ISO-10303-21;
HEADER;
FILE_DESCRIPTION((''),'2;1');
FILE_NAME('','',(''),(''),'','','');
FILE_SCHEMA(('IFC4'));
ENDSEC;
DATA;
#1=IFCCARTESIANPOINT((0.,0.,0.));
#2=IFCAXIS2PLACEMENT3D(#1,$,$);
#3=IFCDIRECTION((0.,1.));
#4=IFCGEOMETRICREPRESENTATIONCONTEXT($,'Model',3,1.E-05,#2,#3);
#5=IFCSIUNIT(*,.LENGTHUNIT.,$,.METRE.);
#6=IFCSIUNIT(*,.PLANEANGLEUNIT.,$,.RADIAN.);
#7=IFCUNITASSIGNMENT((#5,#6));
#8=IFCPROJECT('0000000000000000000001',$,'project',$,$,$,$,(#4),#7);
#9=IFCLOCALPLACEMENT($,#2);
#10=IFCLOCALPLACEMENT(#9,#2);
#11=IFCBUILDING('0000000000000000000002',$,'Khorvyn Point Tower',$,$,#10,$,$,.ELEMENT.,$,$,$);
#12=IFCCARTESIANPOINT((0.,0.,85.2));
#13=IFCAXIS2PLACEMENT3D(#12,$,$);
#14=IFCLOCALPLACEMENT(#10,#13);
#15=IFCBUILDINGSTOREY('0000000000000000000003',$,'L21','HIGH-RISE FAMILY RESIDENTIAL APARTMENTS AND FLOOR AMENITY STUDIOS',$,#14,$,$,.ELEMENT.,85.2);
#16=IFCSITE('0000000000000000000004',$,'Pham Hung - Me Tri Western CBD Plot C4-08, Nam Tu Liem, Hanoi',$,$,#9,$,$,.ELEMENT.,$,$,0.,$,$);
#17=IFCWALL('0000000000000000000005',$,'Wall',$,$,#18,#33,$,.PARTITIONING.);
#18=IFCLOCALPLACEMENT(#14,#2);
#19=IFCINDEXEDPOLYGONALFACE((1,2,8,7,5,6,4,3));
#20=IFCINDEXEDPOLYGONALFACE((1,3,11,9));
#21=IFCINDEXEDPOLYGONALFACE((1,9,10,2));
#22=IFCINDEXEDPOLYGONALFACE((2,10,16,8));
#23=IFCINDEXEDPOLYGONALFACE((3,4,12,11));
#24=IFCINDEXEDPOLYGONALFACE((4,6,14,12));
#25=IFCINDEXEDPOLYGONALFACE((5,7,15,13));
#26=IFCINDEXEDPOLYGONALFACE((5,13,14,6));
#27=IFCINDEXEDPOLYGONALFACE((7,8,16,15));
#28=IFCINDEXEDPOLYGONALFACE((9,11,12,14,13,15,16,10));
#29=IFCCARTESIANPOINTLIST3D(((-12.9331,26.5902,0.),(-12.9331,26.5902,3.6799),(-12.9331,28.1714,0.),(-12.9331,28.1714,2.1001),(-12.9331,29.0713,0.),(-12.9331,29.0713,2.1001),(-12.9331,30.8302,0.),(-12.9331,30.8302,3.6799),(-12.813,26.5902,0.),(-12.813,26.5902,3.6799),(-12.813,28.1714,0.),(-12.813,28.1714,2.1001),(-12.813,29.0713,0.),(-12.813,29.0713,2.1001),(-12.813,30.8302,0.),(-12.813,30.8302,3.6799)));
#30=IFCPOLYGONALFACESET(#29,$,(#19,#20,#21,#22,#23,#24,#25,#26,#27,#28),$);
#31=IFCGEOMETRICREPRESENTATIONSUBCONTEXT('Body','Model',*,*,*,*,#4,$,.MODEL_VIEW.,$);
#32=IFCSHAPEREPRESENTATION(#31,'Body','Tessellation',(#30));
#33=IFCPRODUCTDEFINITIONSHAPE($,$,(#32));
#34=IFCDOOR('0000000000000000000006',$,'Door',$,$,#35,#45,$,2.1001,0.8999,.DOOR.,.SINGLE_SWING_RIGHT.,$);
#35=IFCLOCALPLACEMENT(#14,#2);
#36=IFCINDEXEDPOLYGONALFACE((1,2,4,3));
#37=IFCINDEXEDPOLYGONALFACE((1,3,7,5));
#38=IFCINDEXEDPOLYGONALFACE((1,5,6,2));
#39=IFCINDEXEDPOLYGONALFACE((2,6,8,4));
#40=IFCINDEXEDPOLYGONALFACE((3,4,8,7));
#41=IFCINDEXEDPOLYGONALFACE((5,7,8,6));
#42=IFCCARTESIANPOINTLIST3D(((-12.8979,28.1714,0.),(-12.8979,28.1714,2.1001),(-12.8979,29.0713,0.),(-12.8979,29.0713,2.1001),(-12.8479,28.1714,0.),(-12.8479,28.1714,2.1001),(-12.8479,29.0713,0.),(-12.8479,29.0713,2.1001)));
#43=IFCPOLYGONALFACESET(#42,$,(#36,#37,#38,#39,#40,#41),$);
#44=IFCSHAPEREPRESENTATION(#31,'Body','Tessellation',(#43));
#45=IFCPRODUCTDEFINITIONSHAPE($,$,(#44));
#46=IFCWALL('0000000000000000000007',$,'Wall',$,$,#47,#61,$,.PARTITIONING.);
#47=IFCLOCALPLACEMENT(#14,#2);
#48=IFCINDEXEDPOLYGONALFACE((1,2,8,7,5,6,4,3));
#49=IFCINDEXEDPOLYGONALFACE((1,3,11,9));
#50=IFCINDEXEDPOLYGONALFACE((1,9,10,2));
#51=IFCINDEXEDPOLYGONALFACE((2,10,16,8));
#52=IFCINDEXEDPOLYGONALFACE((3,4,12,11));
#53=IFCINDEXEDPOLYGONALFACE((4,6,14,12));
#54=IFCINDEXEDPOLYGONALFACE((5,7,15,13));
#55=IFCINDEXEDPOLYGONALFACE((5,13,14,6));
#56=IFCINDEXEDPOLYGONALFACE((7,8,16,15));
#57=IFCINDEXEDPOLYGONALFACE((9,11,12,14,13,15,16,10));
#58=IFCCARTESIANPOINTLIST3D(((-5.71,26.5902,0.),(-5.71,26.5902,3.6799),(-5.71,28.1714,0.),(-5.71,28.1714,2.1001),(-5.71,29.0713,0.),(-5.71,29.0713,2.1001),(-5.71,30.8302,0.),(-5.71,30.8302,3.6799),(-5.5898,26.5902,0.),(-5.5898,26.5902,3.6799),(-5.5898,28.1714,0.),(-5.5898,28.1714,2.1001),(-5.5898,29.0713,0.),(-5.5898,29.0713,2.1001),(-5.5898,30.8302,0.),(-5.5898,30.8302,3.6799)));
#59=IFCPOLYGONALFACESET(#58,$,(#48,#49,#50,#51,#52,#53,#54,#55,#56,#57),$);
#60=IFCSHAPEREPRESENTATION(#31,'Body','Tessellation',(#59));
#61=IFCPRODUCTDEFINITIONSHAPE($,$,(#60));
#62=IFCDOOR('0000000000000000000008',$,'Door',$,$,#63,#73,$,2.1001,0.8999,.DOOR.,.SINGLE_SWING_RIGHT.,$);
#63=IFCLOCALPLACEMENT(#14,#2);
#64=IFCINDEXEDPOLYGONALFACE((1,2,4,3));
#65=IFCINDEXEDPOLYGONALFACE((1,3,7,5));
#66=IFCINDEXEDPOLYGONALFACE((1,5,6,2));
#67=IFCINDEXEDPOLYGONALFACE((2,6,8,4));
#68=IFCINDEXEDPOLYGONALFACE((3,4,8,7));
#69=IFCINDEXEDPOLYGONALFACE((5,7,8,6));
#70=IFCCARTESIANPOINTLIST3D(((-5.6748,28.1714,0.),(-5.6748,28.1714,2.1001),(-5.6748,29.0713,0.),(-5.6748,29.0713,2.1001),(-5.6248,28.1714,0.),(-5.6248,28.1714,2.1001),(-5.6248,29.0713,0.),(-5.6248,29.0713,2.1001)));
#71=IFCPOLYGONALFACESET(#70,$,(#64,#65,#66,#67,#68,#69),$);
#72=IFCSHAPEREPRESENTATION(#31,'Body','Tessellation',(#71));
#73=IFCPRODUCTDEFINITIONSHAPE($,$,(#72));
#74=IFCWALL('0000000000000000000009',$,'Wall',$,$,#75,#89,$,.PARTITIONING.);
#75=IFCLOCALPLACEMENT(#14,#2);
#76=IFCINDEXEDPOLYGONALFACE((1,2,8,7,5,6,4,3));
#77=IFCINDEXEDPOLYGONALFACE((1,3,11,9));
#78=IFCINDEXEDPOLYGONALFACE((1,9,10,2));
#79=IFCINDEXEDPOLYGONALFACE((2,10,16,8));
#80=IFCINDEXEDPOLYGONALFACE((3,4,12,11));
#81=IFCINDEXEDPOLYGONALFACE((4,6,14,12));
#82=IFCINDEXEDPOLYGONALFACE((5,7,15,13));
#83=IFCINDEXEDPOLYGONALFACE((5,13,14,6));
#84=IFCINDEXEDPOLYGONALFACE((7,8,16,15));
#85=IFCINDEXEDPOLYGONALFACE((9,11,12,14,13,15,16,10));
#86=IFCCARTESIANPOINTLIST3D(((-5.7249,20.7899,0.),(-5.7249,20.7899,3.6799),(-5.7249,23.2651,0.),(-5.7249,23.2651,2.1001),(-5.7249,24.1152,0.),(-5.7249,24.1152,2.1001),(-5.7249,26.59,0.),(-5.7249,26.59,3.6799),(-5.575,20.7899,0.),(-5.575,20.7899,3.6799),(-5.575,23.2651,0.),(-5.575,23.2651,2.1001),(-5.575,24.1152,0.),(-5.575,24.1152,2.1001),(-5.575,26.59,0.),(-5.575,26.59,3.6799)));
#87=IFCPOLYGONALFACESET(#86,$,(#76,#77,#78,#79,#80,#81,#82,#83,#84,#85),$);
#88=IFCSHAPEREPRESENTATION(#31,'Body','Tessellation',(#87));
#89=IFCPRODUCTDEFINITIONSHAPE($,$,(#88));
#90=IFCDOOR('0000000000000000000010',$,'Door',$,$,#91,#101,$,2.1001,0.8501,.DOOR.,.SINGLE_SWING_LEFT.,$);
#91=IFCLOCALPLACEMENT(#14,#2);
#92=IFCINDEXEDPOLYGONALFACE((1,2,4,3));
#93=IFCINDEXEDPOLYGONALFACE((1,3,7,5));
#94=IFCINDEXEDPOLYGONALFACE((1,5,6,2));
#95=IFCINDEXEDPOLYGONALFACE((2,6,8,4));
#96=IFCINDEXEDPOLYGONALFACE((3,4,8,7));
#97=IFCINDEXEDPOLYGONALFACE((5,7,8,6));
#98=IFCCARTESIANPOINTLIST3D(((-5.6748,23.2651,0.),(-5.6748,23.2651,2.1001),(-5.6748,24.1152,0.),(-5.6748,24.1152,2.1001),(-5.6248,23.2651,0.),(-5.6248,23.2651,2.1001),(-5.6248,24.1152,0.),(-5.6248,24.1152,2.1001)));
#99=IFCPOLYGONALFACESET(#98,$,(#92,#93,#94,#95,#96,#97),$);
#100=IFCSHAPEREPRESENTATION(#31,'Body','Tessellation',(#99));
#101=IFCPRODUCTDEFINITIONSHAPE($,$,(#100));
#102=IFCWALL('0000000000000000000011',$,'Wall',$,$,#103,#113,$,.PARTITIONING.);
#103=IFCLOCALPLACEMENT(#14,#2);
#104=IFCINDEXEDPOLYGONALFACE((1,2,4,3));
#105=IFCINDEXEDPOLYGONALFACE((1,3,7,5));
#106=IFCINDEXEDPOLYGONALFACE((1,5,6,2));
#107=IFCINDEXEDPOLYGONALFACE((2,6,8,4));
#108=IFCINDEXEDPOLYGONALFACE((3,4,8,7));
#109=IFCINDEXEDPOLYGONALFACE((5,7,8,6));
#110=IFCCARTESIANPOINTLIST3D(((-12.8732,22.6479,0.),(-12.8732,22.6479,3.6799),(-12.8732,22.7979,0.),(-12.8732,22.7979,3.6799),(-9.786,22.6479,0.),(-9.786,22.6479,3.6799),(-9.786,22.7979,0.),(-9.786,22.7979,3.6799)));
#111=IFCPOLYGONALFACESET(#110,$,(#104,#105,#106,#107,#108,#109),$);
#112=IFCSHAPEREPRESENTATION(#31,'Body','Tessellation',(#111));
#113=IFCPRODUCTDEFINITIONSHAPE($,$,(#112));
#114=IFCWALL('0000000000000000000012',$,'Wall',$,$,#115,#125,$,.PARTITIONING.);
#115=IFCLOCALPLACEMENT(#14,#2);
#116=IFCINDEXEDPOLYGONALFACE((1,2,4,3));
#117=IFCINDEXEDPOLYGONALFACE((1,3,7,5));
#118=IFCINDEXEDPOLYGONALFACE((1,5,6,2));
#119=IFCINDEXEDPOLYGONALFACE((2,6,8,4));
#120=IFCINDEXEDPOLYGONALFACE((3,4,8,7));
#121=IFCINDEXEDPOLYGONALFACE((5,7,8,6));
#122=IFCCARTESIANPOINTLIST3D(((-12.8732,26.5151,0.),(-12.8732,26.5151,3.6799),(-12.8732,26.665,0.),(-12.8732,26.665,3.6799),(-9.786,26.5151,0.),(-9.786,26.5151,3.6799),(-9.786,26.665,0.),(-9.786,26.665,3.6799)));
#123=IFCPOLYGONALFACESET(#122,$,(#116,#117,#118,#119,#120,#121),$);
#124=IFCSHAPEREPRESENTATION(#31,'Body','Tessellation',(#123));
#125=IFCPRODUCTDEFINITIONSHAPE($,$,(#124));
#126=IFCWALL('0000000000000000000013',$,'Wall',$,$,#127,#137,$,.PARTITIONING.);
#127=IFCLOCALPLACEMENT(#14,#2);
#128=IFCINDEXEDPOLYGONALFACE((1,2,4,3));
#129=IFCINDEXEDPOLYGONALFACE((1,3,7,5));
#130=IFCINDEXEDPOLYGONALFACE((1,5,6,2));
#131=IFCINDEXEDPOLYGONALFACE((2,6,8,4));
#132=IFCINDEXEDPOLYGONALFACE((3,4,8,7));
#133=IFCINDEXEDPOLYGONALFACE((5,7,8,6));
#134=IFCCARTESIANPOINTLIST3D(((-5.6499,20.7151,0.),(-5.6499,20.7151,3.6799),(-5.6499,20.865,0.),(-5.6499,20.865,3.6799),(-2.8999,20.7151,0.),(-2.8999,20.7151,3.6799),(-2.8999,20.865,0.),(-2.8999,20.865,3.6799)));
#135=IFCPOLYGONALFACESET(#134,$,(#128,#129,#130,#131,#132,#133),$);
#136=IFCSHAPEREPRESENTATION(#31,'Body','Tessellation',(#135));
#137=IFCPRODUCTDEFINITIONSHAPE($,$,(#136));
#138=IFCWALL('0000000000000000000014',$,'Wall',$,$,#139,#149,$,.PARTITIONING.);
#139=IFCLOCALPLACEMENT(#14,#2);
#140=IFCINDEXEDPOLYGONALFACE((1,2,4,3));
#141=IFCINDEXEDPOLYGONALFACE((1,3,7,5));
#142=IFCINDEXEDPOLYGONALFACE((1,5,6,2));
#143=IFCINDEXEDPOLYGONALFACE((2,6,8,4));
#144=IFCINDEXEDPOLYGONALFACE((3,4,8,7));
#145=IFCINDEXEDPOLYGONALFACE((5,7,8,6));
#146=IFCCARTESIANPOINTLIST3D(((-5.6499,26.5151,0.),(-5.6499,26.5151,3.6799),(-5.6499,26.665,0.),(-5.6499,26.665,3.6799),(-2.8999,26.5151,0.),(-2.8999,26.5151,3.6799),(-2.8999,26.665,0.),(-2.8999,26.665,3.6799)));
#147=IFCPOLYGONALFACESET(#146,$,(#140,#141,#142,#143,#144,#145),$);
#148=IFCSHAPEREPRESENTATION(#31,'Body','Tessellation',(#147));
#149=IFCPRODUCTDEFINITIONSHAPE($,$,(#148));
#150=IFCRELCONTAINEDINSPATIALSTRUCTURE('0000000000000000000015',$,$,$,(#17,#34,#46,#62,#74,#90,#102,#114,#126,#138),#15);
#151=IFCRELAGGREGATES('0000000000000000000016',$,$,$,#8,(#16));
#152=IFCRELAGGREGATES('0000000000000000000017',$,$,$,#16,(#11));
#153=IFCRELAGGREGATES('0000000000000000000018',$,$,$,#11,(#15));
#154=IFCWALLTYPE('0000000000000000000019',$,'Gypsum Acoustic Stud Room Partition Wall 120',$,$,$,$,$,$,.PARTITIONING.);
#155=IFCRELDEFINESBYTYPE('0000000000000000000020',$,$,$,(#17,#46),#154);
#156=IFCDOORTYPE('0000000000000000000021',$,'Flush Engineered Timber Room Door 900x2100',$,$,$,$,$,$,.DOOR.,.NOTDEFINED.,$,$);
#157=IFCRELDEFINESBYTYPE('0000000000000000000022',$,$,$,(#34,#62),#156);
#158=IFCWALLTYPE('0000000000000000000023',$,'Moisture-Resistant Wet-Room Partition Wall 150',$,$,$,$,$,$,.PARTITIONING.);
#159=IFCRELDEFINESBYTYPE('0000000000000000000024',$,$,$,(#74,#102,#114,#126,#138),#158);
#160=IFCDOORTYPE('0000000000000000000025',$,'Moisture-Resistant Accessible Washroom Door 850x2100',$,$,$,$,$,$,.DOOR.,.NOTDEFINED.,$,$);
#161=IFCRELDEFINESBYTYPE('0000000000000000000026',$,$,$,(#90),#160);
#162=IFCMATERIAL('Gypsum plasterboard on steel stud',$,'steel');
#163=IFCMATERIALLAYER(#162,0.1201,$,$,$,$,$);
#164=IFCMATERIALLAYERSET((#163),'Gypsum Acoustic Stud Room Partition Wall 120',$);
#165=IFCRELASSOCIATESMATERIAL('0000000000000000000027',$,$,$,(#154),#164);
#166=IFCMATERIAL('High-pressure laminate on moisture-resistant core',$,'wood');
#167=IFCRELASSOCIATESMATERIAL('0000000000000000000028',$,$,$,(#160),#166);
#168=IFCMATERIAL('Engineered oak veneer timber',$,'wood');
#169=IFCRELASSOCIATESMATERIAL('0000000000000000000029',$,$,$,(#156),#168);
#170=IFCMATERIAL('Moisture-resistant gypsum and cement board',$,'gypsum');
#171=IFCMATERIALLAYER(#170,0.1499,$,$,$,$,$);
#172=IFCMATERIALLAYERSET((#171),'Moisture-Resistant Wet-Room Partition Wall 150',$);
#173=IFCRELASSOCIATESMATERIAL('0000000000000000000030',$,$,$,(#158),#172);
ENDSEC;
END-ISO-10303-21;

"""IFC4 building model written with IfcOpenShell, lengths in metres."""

from ifc_helpers import new_model, si_unit, direction, frame, frame_2d, origin, place, context, subcontext, project, spatial, rectangle, extrude, material, layer, layer_set, type_object, element, fill, save


model = new_model("IFC4")

# Units and contexts
model_context = context("Model", 3, precision=1e-05, world=origin(), true_north=direction((0.0, 1.0)))
body_context = subcontext(model_context, "Body", "Model", "MODEL_VIEW")
ifc_project = project(units=[si_unit("LENGTHUNIT", "METRE"), si_unit("PLANEANGLEUNIT", "RADIAN")], contexts=[model_context])

# Site, building, storey
site_placement = place(None, origin())
site = spatial("IfcSite", under=ifc_project, at=site_placement, Name="Pham Hung - Me Tri Western CBD Plot C4-08, Nam Tu Liem, Hanoi", CompositionType="ELEMENT", RefElevation=0.0)
building_placement = place(site_placement, origin())
building = spatial("IfcBuilding", under=site, at=building_placement, Name="Khorvyn Point Tower", CompositionType="ELEMENT")
storey_placement = place(building_placement, frame((0.0, 0.0, 85.2)))
storey = spatial("IfcBuildingStorey", under=building, at=storey_placement, Name="L21", Description="HIGH-RISE FAMILY RESIDENTIAL APARTMENTS AND FLOOR AMENITY STUDIOS", CompositionType="ELEMENT", Elevation=85.2)

# Walls, openings, doors
ifc_material_1 = material(Name="Gypsum plasterboard on steel stud", Category="steel")
ifc_layer_1 = layer(ifc_material_1, 0.1201)
ifc_layer_set_1 = layer_set([ifc_layer_1], Name="Gypsum Acoustic Stud Room Partition Wall 120")
wall_type_1 = type_object("IfcWallType", Name="Gypsum Acoustic Stud Room Partition Wall 120", PredefinedType="PARTITIONING", material=ifc_layer_set_1)
ifc_material_2 = material(Name="High-pressure laminate on moisture-resistant core", Category="wood")
door_type_1 = type_object("IfcDoorType", Name="Moisture-Resistant Accessible Washroom Door 850x2100", OperationType="NOTDEFINED", PredefinedType="DOOR", material=ifc_material_2)
wall_1_placement = place(storey_placement, frame((-12.873, 26.5901, 0.0), z_axis=(0.0, 0.0, 1.0), x_axis=(0.0, 1.0, 0.0)))
wall_1 = element("IfcWall", 1, at=wall_1_placement, inside=storey, type_object=wall_type_1, Name="Wall", PredefinedType="PARTITIONING", context=body_context, shape_type="SweptSolid", body=[
    extrude(rectangle(XDim=4.24, YDim=0.1201, at=frame_2d((2.1201, 0.0))), origin(), (0.0, 0.0, 1.0), 3.6799),
])
opening_1_placement = place(wall_1_placement, frame((1.5813, 0.0, 0.0)))
opening_1 = element("IfcOpeningElement", 2, at=opening_1_placement, cuts=wall_1, PredefinedType="OPENING", context=body_context, shape_type="SweptSolid", body=[
    extrude(rectangle(XDim=0.8999, YDim=2.1001, at=frame_2d((0.45, 1.05))), frame((0.0, 0.0701, 0.0), z_axis=(0.0, -1.0, 0.0), x_axis=(1.0, 0.0, 0.0)), (0.0, 0.0, 1.0), 0.1401),
])
ifc_material_3 = material(Name="Engineered oak veneer timber", Category="wood")
door_type_2 = type_object("IfcDoorType", Name="Flush Engineered Timber Room Door 900x2100", OperationType="NOTDEFINED", PredefinedType="DOOR", material=ifc_material_3)
door_1_placement = place(opening_1_placement, origin())
door_1 = element("IfcDoor", 3, at=door_1_placement, inside=storey, type_object=door_type_2, Name="Door", OperationType="SINGLE_SWING_RIGHT", OverallHeight=2.1001, OverallWidth=0.8999, PredefinedType="DOOR", context=body_context, shape_type="SweptSolid", body=[
    extrude(rectangle(XDim=0.8999, YDim=2.1001, at=frame_2d((0.45, 1.05))), frame((0.0, 0.0249, 0.0), z_axis=(0.0, -1.0, 0.0), x_axis=(1.0, 0.0, 0.0)), (0.0, 0.0, 1.0), 0.05),
])
fill(opening_1, door_1)
wall_2_placement = place(storey_placement, frame((-5.6499, 26.5901, 0.0), z_axis=(0.0, 0.0, 1.0), x_axis=(0.0, 1.0, 0.0)))
wall_2 = element("IfcWall", 4, at=wall_2_placement, inside=storey, type_object=wall_type_1, Name="Wall", PredefinedType="PARTITIONING", context=body_context, shape_type="SweptSolid", body=[
    extrude(rectangle(XDim=4.24, YDim=0.1201, at=frame_2d((2.1201, 0.0))), origin(), (0.0, 0.0, 1.0), 3.6799),
])
opening_2_placement = place(wall_2_placement, frame((1.5813, 0.0, 0.0)))
opening_2 = element("IfcOpeningElement", 5, at=opening_2_placement, cuts=wall_2, PredefinedType="OPENING", context=body_context, shape_type="SweptSolid", body=[
    extrude(rectangle(XDim=0.8999, YDim=2.1001, at=frame_2d((0.45, 1.05))), frame((0.0, 0.0701, 0.0), z_axis=(0.0, -1.0, 0.0), x_axis=(1.0, 0.0, 0.0)), (0.0, 0.0, 1.0), 0.1401),
])
door_2_placement = place(opening_2_placement, origin())
door_2 = element("IfcDoor", 6, at=door_2_placement, inside=storey, type_object=door_type_2, Name="Door", OperationType="SINGLE_SWING_RIGHT", OverallHeight=2.1001, OverallWidth=0.8999, PredefinedType="DOOR", context=body_context, shape_type="SweptSolid", body=[
    extrude(rectangle(XDim=0.8999, YDim=2.1001, at=frame_2d((0.45, 1.05))), frame((0.0, 0.0249, 0.0), z_axis=(0.0, -1.0, 0.0), x_axis=(1.0, 0.0, 0.0)), (0.0, 0.0, 1.0), 0.05),
])
fill(opening_2, door_2)
ifc_material_4 = material(Name="Moisture-resistant gypsum and cement board", Category="gypsum")
ifc_layer_2 = layer(ifc_material_4, 0.1499)
ifc_layer_set_2 = layer_set([ifc_layer_2], Name="Moisture-Resistant Wet-Room Partition Wall 150")
wall_type_2 = type_object("IfcWallType", Name="Moisture-Resistant Wet-Room Partition Wall 150", PredefinedType="PARTITIONING", material=ifc_layer_set_2)
wall_3_placement = place(storey_placement, frame((-5.6499, 20.79, 0.0), z_axis=(0.0, 0.0, 1.0), x_axis=(0.0, 1.0, 0.0)))
wall_3 = element("IfcWall", 7, at=wall_3_placement, inside=storey, type_object=wall_type_2, Name="Wall", PredefinedType="PARTITIONING", context=body_context, shape_type="SweptSolid", body=[
    extrude(rectangle(XDim=5.8, YDim=0.1499, at=frame_2d((2.8999, 0.0))), origin(), (0.0, 0.0, 1.0), 3.6799),
])
opening_3_placement = place(wall_3_placement, frame((2.4751, 0.0, 0.0)))
opening_3 = element("IfcOpeningElement", 8, at=opening_3_placement, cuts=wall_3, PredefinedType="OPENING", context=body_context, shape_type="SweptSolid", body=[
    extrude(rectangle(XDim=0.8501, YDim=2.1001, at=frame_2d((0.425, 1.05))), frame((0.0, 0.085, 0.0), z_axis=(0.0, -1.0, 0.0), x_axis=(1.0, 0.0, 0.0)), (0.0, 0.0, 1.0), 0.1699),
])
door_3_placement = place(opening_3_placement, origin())
door_3 = element("IfcDoor", 9, at=door_3_placement, inside=storey, type_object=door_type_1, Name="Door", OperationType="SINGLE_SWING_LEFT", OverallHeight=2.1001, OverallWidth=0.8501, PredefinedType="DOOR", context=body_context, shape_type="SweptSolid", body=[
    extrude(rectangle(XDim=0.8501, YDim=2.1001, at=frame_2d((0.425, 1.05))), frame((0.0, 0.0249, 0.0), z_axis=(0.0, -1.0, 0.0), x_axis=(1.0, 0.0, 0.0)), (0.0, 0.0, 1.0), 0.05),
])
fill(opening_3, door_3)

# Walls
for number, where, z_axis, x_axis, name in (
    (10, (-12.873, 22.7229, 0.0), (0.0, 0.0, 1.0), (1.0, 0.0, 0.0), "Wall"),
    (11, (-12.873, 26.5901, 0.0), (0.0, 0.0, 1.0), (1.0, 0.0, 0.0), "Wall"),
):
    element("IfcWall", number, at=place(storey_placement, frame(where, z_axis=z_axis, x_axis=x_axis)), inside=storey, type_object=wall_type_2, Name=name, PredefinedType="PARTITIONING", context=body_context, shape_type="SweptSolid", body=[
        extrude(rectangle(XDim=3.0872, YDim=0.1499, at=frame_2d((1.5435, 0.0))), origin(), (0.0, 0.0, 1.0), 3.6799),
    ])
for number, where, z_axis, x_axis, name in (
    (12, (-5.6499, 20.79, 0.0), (0.0, 0.0, 1.0), (1.0, 0.0, 0.0), "Wall"),
    (13, (-5.6499, 26.5901, 0.0), (0.0, 0.0, 1.0), (1.0, 0.0, 0.0), "Wall"),
):
    element("IfcWall", number, at=place(storey_placement, frame(where, z_axis=z_axis, x_axis=x_axis)), inside=storey, type_object=wall_type_2, Name=name, PredefinedType="PARTITIONING", context=body_context, shape_type="SweptSolid", body=[
        extrude(rectangle(XDim=2.75, YDim=0.1499, at=frame_2d((1.375, 0.0))), origin(), (0.0, 0.0, 1.0), 3.6799),
    ])

save(model, "model.ifc")
